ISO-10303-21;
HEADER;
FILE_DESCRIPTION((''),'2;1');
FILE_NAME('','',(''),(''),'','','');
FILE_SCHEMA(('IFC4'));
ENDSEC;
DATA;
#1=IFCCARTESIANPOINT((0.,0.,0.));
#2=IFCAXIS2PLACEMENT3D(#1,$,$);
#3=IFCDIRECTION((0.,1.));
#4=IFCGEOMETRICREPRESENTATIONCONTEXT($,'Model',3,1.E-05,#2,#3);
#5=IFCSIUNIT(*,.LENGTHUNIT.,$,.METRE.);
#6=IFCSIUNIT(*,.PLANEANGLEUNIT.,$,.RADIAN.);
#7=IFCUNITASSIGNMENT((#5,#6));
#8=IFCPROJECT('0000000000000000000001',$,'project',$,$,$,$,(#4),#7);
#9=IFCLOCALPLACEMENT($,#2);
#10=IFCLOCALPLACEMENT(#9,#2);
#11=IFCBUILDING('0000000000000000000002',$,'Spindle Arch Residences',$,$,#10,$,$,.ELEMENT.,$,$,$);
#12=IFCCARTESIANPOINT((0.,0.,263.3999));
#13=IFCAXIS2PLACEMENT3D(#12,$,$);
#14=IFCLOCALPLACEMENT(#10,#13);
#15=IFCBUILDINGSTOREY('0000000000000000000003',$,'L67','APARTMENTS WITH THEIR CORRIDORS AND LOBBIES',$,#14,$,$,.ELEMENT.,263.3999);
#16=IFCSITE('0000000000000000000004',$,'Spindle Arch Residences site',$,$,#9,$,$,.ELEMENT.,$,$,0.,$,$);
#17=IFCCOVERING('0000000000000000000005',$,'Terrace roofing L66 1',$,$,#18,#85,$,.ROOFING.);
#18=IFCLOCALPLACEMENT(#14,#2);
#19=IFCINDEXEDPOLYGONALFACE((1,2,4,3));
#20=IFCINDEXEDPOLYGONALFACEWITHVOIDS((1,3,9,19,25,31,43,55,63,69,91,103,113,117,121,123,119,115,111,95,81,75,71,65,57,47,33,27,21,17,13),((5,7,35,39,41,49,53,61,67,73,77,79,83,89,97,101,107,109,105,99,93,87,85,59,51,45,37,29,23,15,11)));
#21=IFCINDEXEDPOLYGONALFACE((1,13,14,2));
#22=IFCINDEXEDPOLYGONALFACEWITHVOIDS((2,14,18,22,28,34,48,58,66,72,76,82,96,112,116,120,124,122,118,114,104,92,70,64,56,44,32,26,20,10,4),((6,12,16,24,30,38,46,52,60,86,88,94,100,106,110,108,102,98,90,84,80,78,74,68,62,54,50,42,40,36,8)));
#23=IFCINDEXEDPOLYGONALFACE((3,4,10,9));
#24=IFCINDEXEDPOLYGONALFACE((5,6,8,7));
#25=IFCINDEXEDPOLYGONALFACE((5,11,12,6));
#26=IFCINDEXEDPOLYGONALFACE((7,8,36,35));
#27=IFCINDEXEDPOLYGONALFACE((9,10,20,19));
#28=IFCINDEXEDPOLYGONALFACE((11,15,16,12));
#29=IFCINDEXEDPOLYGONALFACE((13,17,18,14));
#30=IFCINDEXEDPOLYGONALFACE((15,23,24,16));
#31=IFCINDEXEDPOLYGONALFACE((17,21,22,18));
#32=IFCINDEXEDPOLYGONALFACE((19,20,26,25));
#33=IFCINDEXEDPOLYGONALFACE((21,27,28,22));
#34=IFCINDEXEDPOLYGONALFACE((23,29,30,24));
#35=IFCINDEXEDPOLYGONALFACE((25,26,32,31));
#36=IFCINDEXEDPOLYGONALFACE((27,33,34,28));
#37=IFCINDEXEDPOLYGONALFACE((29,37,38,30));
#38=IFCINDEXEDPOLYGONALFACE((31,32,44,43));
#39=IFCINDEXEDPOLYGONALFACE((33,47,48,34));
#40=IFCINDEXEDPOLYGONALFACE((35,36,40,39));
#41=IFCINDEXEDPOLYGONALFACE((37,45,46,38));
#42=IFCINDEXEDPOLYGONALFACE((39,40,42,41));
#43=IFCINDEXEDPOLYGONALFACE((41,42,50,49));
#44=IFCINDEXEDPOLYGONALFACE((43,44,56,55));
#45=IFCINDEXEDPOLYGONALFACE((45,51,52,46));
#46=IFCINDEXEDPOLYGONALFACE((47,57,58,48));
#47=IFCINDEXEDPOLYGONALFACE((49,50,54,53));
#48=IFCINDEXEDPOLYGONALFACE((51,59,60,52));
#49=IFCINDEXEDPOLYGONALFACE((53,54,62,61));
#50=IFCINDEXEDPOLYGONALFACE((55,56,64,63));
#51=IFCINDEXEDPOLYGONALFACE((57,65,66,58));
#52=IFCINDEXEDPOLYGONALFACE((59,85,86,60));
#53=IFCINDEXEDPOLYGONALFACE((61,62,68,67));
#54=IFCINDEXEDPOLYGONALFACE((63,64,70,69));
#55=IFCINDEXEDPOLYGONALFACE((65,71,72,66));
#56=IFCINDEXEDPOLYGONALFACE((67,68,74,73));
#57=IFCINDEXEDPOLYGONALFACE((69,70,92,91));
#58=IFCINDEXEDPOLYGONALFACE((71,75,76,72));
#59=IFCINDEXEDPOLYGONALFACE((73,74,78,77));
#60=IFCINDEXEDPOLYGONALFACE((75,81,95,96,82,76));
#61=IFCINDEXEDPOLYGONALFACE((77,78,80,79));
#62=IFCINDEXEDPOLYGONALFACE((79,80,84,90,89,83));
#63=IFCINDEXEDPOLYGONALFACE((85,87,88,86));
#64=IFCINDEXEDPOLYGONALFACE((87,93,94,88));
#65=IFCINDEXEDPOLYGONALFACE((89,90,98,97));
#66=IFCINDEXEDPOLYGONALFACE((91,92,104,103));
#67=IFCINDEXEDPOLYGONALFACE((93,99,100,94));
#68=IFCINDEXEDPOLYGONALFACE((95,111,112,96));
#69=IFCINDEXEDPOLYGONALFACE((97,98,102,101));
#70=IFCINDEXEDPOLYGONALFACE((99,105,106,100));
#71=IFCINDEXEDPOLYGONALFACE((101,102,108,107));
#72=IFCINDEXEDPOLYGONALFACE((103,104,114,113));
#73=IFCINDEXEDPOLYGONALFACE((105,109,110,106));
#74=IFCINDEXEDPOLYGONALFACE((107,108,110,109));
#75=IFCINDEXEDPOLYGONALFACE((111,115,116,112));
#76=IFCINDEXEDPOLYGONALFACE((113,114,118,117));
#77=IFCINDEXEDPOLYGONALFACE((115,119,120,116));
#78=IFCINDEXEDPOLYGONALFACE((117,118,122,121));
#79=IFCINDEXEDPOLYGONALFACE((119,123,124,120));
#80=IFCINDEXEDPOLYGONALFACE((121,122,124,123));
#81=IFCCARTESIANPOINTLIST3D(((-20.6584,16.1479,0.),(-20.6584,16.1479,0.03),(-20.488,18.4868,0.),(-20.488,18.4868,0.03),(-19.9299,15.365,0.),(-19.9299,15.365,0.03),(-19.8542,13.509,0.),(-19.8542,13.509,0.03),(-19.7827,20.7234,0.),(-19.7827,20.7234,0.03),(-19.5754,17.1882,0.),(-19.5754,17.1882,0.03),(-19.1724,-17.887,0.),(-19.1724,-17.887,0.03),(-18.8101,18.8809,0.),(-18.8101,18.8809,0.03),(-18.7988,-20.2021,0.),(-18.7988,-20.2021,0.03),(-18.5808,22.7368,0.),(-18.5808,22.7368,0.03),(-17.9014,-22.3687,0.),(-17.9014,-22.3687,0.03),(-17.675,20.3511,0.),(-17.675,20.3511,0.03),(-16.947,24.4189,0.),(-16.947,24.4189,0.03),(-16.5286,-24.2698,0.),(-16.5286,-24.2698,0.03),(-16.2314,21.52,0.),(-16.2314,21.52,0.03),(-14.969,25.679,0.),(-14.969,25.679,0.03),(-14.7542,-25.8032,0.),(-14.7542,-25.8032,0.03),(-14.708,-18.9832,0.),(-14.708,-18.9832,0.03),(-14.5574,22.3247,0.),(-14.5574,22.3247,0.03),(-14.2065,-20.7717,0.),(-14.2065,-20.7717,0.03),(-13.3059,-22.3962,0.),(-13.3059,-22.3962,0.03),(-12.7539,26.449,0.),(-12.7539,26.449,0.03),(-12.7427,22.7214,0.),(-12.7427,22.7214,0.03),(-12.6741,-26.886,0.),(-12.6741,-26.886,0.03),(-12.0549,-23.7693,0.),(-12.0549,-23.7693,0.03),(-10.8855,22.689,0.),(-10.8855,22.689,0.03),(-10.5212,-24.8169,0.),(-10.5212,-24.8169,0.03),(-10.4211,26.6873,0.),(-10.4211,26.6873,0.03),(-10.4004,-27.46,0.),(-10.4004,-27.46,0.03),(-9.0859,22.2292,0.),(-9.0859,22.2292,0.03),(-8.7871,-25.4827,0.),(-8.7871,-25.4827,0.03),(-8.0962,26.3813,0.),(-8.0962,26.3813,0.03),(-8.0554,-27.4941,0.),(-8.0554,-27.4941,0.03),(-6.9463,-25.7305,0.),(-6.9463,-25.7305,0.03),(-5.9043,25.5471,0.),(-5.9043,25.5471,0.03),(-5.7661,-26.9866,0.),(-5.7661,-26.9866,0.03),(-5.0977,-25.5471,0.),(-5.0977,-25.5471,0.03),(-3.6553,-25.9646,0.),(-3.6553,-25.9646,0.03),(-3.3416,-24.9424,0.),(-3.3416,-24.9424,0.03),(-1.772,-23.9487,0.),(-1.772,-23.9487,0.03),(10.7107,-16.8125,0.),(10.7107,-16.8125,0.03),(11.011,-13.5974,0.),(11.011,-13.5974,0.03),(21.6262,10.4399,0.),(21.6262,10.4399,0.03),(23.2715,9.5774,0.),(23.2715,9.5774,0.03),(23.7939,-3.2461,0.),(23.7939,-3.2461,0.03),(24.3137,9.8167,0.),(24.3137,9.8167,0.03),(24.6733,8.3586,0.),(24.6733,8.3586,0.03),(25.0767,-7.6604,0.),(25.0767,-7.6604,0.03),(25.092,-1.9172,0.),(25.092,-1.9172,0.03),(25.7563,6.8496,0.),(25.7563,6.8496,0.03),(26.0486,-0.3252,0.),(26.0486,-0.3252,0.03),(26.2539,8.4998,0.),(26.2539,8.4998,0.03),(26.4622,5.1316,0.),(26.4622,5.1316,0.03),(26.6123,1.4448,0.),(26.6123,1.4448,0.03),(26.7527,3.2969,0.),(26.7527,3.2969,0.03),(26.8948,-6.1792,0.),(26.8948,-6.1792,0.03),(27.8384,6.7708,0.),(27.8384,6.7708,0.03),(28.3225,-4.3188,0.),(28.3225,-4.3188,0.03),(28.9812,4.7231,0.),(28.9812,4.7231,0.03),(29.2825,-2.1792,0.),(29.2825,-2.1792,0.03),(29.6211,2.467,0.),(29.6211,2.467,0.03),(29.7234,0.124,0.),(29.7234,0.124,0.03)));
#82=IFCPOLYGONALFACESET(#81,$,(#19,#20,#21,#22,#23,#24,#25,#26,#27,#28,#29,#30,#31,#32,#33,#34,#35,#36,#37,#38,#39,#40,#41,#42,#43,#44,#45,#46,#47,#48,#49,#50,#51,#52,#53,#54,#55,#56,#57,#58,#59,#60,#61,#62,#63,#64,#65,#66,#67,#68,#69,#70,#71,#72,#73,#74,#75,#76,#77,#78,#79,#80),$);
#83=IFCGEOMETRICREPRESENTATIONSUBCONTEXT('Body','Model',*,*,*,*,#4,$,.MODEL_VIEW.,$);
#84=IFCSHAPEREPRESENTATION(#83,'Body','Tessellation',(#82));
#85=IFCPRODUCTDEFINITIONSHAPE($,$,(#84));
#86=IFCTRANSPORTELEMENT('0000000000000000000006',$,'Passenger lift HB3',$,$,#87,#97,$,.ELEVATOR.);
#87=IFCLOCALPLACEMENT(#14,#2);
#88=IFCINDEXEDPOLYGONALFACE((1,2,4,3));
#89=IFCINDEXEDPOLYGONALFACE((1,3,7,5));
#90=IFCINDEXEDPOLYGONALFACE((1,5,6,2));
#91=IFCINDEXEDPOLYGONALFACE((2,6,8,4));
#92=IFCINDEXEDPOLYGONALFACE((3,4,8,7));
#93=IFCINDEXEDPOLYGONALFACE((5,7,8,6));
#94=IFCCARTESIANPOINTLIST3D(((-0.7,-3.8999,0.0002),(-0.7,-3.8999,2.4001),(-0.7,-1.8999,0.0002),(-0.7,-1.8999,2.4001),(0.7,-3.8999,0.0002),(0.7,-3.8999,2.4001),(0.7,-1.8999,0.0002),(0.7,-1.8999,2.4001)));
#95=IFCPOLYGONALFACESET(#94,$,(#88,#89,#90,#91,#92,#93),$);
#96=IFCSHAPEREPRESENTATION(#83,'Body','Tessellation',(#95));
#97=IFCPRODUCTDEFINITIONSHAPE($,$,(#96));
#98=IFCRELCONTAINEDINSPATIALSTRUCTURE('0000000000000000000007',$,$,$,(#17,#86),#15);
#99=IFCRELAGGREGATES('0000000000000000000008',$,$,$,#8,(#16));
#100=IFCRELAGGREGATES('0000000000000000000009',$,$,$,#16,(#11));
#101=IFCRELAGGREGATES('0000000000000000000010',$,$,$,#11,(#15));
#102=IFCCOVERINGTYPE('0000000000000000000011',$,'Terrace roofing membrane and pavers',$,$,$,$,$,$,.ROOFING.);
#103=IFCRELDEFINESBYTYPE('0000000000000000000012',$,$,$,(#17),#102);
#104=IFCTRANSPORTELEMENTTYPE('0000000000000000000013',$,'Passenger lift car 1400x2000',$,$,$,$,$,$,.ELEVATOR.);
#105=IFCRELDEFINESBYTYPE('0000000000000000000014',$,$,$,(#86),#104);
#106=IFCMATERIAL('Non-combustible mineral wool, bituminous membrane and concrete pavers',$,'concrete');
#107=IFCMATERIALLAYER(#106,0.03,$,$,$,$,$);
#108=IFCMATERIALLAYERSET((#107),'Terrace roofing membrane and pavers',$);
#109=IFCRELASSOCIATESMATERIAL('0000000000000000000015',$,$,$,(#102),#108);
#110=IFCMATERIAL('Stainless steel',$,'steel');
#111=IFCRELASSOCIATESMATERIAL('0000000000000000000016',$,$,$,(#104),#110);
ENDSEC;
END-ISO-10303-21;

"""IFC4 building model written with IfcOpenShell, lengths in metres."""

from ifc_helpers import new_model, si_unit, direction, frame, origin, origin_2d, place, context, subcontext, project, spatial, polyline, rectangle, outline, extrude, material, layer, layer_set, type_object, element, save


model = new_model("IFC4")

# Units and contexts
model_context = context("Model", 3, precision=1e-05, world=origin(), true_north=direction((0.0, 1.0)))
body_context = subcontext(model_context, "Body", "Model", "MODEL_VIEW")
ifc_project = project(units=[si_unit("LENGTHUNIT", "METRE"), si_unit("PLANEANGLEUNIT", "RADIAN")], contexts=[model_context])

# Site, building, storey
site_placement = place(None, origin())
site = spatial("IfcSite", under=ifc_project, at=site_placement, Name="Spindle Arch Residences site", CompositionType="ELEMENT", RefElevation=0.0)
building_placement = place(site_placement, origin())
building = spatial("IfcBuilding", under=site, at=building_placement, Name="Spindle Arch Residences", CompositionType="ELEMENT")
storey_placement = place(building_placement, frame((0.0, 0.0, 263.3999)))
storey = spatial("IfcBuildingStorey", under=building, at=storey_placement, Name="L67", Description="APARTMENTS WITH THEIR CORRIDORS AND LOBBIES", CompositionType="ELEMENT", Elevation=263.3999)

# Covering
ifc_material_1 = material(Name="Non-combustible mineral wool, bituminous membrane and concrete pavers", Category="concrete")
ifc_layer_1 = layer(ifc_material_1, 0.03)
ifc_layer_set_1 = layer_set([ifc_layer_1], Name="Terrace roofing membrane and pavers")
covering_type = type_object("IfcCoveringType", Name="Terrace roofing membrane and pavers", PredefinedType="ROOFING", material=ifc_layer_set_1)
covering_placement = place(storey_placement, origin())
element("IfcCovering", 1, at=covering_placement, inside=storey, type_object=covering_type, Name="Terrace roofing L66 1", PredefinedType="ROOFING", context=body_context, shape_type="SweptSolid", body=[
    extrude(outline(polyline([(-3.6553, -25.9646), (-5.7661, -26.9866), (-8.0554, -27.4941), (-10.4004, -27.46), (-12.6741, -26.886), (-14.7542, -25.8032), (-16.5286, -24.2698), (-17.9014, -22.3687), (-18.7988, -20.2021), (-19.1724, -17.887), (-20.6584, 16.1479), (-20.488, 18.4868), (-19.7827, 20.7234), (-18.5808, 22.7368), (-16.947, 24.4189), (-14.969, 25.679), (-12.7539, 26.449), (-10.4211, 26.6873), (-8.0962, 26.3813), (-5.9043, 25.5471), (24.3137, 9.8167), (26.2539, 8.4998), (27.8384, 6.7708), (28.9812, 4.7231), (29.6211, 2.467), (29.7234, 0.124), (29.2825, -2.1792), (28.3225, -4.3188), (26.8948, -6.1792), (25.0767, -7.6604), (10.7107, -16.8125), (-3.6553, -25.9646)]), holes=[polyline([(23.7939, -3.2461), (25.092, -1.9172), (26.0486, -0.3252), (26.6123, 1.4448), (26.7527, 3.2969), (26.4622, 5.1316), (25.7563, 6.8496), (24.6733, 8.3586), (23.2715, 9.5774), (21.6262, 10.4399), (-9.0859, 22.2292), (-10.8855, 22.689), (-12.7427, 22.7214), (-14.5574, 22.3247), (-16.2314, 21.52), (-17.675, 20.3511), (-18.8101, 18.8809), (-19.5754, 17.1882), (-19.9299, 15.365), (-19.8542, 13.509), (-14.708, -18.9832), (-14.2065, -20.7717), (-13.3059, -22.3962), (-12.0549, -23.7693), (-10.5212, -24.8169), (-8.7871, -25.4827), (-6.9463, -25.7305), (-5.0977, -25.5471), (-3.3416, -24.9424), (-1.772, -23.9487), (11.011, -13.5974), (23.7939, -3.2461)])]), origin(), (0.0, 0.0, 1.0), 0.03),
])

# Transport element
ifc_material_2 = material(Name="Stainless steel", Category="steel")
transport_element_type = type_object("IfcTransportElementType", Name="Passenger lift car 1400x2000", PredefinedType="ELEVATOR", material=ifc_material_2)
transport_element_placement = place(storey_placement, frame((0.0, -2.8999, 0.0002), z_axis=(0.0, 0.0, 1.0), x_axis=(1.0, 0.0, 0.0)))
element("IfcTransportElement", 2, at=transport_element_placement, inside=storey, type_object=transport_element_type, Name="Passenger lift HB3", PredefinedType="ELEVATOR", context=body_context, shape_type="SweptSolid", body=[
    extrude(rectangle(XDim=1.3999, YDim=2.0, at=origin_2d()), origin(), (0.0, 0.0, 1.0), 2.3999),
])

save(model, "model.ifc")
